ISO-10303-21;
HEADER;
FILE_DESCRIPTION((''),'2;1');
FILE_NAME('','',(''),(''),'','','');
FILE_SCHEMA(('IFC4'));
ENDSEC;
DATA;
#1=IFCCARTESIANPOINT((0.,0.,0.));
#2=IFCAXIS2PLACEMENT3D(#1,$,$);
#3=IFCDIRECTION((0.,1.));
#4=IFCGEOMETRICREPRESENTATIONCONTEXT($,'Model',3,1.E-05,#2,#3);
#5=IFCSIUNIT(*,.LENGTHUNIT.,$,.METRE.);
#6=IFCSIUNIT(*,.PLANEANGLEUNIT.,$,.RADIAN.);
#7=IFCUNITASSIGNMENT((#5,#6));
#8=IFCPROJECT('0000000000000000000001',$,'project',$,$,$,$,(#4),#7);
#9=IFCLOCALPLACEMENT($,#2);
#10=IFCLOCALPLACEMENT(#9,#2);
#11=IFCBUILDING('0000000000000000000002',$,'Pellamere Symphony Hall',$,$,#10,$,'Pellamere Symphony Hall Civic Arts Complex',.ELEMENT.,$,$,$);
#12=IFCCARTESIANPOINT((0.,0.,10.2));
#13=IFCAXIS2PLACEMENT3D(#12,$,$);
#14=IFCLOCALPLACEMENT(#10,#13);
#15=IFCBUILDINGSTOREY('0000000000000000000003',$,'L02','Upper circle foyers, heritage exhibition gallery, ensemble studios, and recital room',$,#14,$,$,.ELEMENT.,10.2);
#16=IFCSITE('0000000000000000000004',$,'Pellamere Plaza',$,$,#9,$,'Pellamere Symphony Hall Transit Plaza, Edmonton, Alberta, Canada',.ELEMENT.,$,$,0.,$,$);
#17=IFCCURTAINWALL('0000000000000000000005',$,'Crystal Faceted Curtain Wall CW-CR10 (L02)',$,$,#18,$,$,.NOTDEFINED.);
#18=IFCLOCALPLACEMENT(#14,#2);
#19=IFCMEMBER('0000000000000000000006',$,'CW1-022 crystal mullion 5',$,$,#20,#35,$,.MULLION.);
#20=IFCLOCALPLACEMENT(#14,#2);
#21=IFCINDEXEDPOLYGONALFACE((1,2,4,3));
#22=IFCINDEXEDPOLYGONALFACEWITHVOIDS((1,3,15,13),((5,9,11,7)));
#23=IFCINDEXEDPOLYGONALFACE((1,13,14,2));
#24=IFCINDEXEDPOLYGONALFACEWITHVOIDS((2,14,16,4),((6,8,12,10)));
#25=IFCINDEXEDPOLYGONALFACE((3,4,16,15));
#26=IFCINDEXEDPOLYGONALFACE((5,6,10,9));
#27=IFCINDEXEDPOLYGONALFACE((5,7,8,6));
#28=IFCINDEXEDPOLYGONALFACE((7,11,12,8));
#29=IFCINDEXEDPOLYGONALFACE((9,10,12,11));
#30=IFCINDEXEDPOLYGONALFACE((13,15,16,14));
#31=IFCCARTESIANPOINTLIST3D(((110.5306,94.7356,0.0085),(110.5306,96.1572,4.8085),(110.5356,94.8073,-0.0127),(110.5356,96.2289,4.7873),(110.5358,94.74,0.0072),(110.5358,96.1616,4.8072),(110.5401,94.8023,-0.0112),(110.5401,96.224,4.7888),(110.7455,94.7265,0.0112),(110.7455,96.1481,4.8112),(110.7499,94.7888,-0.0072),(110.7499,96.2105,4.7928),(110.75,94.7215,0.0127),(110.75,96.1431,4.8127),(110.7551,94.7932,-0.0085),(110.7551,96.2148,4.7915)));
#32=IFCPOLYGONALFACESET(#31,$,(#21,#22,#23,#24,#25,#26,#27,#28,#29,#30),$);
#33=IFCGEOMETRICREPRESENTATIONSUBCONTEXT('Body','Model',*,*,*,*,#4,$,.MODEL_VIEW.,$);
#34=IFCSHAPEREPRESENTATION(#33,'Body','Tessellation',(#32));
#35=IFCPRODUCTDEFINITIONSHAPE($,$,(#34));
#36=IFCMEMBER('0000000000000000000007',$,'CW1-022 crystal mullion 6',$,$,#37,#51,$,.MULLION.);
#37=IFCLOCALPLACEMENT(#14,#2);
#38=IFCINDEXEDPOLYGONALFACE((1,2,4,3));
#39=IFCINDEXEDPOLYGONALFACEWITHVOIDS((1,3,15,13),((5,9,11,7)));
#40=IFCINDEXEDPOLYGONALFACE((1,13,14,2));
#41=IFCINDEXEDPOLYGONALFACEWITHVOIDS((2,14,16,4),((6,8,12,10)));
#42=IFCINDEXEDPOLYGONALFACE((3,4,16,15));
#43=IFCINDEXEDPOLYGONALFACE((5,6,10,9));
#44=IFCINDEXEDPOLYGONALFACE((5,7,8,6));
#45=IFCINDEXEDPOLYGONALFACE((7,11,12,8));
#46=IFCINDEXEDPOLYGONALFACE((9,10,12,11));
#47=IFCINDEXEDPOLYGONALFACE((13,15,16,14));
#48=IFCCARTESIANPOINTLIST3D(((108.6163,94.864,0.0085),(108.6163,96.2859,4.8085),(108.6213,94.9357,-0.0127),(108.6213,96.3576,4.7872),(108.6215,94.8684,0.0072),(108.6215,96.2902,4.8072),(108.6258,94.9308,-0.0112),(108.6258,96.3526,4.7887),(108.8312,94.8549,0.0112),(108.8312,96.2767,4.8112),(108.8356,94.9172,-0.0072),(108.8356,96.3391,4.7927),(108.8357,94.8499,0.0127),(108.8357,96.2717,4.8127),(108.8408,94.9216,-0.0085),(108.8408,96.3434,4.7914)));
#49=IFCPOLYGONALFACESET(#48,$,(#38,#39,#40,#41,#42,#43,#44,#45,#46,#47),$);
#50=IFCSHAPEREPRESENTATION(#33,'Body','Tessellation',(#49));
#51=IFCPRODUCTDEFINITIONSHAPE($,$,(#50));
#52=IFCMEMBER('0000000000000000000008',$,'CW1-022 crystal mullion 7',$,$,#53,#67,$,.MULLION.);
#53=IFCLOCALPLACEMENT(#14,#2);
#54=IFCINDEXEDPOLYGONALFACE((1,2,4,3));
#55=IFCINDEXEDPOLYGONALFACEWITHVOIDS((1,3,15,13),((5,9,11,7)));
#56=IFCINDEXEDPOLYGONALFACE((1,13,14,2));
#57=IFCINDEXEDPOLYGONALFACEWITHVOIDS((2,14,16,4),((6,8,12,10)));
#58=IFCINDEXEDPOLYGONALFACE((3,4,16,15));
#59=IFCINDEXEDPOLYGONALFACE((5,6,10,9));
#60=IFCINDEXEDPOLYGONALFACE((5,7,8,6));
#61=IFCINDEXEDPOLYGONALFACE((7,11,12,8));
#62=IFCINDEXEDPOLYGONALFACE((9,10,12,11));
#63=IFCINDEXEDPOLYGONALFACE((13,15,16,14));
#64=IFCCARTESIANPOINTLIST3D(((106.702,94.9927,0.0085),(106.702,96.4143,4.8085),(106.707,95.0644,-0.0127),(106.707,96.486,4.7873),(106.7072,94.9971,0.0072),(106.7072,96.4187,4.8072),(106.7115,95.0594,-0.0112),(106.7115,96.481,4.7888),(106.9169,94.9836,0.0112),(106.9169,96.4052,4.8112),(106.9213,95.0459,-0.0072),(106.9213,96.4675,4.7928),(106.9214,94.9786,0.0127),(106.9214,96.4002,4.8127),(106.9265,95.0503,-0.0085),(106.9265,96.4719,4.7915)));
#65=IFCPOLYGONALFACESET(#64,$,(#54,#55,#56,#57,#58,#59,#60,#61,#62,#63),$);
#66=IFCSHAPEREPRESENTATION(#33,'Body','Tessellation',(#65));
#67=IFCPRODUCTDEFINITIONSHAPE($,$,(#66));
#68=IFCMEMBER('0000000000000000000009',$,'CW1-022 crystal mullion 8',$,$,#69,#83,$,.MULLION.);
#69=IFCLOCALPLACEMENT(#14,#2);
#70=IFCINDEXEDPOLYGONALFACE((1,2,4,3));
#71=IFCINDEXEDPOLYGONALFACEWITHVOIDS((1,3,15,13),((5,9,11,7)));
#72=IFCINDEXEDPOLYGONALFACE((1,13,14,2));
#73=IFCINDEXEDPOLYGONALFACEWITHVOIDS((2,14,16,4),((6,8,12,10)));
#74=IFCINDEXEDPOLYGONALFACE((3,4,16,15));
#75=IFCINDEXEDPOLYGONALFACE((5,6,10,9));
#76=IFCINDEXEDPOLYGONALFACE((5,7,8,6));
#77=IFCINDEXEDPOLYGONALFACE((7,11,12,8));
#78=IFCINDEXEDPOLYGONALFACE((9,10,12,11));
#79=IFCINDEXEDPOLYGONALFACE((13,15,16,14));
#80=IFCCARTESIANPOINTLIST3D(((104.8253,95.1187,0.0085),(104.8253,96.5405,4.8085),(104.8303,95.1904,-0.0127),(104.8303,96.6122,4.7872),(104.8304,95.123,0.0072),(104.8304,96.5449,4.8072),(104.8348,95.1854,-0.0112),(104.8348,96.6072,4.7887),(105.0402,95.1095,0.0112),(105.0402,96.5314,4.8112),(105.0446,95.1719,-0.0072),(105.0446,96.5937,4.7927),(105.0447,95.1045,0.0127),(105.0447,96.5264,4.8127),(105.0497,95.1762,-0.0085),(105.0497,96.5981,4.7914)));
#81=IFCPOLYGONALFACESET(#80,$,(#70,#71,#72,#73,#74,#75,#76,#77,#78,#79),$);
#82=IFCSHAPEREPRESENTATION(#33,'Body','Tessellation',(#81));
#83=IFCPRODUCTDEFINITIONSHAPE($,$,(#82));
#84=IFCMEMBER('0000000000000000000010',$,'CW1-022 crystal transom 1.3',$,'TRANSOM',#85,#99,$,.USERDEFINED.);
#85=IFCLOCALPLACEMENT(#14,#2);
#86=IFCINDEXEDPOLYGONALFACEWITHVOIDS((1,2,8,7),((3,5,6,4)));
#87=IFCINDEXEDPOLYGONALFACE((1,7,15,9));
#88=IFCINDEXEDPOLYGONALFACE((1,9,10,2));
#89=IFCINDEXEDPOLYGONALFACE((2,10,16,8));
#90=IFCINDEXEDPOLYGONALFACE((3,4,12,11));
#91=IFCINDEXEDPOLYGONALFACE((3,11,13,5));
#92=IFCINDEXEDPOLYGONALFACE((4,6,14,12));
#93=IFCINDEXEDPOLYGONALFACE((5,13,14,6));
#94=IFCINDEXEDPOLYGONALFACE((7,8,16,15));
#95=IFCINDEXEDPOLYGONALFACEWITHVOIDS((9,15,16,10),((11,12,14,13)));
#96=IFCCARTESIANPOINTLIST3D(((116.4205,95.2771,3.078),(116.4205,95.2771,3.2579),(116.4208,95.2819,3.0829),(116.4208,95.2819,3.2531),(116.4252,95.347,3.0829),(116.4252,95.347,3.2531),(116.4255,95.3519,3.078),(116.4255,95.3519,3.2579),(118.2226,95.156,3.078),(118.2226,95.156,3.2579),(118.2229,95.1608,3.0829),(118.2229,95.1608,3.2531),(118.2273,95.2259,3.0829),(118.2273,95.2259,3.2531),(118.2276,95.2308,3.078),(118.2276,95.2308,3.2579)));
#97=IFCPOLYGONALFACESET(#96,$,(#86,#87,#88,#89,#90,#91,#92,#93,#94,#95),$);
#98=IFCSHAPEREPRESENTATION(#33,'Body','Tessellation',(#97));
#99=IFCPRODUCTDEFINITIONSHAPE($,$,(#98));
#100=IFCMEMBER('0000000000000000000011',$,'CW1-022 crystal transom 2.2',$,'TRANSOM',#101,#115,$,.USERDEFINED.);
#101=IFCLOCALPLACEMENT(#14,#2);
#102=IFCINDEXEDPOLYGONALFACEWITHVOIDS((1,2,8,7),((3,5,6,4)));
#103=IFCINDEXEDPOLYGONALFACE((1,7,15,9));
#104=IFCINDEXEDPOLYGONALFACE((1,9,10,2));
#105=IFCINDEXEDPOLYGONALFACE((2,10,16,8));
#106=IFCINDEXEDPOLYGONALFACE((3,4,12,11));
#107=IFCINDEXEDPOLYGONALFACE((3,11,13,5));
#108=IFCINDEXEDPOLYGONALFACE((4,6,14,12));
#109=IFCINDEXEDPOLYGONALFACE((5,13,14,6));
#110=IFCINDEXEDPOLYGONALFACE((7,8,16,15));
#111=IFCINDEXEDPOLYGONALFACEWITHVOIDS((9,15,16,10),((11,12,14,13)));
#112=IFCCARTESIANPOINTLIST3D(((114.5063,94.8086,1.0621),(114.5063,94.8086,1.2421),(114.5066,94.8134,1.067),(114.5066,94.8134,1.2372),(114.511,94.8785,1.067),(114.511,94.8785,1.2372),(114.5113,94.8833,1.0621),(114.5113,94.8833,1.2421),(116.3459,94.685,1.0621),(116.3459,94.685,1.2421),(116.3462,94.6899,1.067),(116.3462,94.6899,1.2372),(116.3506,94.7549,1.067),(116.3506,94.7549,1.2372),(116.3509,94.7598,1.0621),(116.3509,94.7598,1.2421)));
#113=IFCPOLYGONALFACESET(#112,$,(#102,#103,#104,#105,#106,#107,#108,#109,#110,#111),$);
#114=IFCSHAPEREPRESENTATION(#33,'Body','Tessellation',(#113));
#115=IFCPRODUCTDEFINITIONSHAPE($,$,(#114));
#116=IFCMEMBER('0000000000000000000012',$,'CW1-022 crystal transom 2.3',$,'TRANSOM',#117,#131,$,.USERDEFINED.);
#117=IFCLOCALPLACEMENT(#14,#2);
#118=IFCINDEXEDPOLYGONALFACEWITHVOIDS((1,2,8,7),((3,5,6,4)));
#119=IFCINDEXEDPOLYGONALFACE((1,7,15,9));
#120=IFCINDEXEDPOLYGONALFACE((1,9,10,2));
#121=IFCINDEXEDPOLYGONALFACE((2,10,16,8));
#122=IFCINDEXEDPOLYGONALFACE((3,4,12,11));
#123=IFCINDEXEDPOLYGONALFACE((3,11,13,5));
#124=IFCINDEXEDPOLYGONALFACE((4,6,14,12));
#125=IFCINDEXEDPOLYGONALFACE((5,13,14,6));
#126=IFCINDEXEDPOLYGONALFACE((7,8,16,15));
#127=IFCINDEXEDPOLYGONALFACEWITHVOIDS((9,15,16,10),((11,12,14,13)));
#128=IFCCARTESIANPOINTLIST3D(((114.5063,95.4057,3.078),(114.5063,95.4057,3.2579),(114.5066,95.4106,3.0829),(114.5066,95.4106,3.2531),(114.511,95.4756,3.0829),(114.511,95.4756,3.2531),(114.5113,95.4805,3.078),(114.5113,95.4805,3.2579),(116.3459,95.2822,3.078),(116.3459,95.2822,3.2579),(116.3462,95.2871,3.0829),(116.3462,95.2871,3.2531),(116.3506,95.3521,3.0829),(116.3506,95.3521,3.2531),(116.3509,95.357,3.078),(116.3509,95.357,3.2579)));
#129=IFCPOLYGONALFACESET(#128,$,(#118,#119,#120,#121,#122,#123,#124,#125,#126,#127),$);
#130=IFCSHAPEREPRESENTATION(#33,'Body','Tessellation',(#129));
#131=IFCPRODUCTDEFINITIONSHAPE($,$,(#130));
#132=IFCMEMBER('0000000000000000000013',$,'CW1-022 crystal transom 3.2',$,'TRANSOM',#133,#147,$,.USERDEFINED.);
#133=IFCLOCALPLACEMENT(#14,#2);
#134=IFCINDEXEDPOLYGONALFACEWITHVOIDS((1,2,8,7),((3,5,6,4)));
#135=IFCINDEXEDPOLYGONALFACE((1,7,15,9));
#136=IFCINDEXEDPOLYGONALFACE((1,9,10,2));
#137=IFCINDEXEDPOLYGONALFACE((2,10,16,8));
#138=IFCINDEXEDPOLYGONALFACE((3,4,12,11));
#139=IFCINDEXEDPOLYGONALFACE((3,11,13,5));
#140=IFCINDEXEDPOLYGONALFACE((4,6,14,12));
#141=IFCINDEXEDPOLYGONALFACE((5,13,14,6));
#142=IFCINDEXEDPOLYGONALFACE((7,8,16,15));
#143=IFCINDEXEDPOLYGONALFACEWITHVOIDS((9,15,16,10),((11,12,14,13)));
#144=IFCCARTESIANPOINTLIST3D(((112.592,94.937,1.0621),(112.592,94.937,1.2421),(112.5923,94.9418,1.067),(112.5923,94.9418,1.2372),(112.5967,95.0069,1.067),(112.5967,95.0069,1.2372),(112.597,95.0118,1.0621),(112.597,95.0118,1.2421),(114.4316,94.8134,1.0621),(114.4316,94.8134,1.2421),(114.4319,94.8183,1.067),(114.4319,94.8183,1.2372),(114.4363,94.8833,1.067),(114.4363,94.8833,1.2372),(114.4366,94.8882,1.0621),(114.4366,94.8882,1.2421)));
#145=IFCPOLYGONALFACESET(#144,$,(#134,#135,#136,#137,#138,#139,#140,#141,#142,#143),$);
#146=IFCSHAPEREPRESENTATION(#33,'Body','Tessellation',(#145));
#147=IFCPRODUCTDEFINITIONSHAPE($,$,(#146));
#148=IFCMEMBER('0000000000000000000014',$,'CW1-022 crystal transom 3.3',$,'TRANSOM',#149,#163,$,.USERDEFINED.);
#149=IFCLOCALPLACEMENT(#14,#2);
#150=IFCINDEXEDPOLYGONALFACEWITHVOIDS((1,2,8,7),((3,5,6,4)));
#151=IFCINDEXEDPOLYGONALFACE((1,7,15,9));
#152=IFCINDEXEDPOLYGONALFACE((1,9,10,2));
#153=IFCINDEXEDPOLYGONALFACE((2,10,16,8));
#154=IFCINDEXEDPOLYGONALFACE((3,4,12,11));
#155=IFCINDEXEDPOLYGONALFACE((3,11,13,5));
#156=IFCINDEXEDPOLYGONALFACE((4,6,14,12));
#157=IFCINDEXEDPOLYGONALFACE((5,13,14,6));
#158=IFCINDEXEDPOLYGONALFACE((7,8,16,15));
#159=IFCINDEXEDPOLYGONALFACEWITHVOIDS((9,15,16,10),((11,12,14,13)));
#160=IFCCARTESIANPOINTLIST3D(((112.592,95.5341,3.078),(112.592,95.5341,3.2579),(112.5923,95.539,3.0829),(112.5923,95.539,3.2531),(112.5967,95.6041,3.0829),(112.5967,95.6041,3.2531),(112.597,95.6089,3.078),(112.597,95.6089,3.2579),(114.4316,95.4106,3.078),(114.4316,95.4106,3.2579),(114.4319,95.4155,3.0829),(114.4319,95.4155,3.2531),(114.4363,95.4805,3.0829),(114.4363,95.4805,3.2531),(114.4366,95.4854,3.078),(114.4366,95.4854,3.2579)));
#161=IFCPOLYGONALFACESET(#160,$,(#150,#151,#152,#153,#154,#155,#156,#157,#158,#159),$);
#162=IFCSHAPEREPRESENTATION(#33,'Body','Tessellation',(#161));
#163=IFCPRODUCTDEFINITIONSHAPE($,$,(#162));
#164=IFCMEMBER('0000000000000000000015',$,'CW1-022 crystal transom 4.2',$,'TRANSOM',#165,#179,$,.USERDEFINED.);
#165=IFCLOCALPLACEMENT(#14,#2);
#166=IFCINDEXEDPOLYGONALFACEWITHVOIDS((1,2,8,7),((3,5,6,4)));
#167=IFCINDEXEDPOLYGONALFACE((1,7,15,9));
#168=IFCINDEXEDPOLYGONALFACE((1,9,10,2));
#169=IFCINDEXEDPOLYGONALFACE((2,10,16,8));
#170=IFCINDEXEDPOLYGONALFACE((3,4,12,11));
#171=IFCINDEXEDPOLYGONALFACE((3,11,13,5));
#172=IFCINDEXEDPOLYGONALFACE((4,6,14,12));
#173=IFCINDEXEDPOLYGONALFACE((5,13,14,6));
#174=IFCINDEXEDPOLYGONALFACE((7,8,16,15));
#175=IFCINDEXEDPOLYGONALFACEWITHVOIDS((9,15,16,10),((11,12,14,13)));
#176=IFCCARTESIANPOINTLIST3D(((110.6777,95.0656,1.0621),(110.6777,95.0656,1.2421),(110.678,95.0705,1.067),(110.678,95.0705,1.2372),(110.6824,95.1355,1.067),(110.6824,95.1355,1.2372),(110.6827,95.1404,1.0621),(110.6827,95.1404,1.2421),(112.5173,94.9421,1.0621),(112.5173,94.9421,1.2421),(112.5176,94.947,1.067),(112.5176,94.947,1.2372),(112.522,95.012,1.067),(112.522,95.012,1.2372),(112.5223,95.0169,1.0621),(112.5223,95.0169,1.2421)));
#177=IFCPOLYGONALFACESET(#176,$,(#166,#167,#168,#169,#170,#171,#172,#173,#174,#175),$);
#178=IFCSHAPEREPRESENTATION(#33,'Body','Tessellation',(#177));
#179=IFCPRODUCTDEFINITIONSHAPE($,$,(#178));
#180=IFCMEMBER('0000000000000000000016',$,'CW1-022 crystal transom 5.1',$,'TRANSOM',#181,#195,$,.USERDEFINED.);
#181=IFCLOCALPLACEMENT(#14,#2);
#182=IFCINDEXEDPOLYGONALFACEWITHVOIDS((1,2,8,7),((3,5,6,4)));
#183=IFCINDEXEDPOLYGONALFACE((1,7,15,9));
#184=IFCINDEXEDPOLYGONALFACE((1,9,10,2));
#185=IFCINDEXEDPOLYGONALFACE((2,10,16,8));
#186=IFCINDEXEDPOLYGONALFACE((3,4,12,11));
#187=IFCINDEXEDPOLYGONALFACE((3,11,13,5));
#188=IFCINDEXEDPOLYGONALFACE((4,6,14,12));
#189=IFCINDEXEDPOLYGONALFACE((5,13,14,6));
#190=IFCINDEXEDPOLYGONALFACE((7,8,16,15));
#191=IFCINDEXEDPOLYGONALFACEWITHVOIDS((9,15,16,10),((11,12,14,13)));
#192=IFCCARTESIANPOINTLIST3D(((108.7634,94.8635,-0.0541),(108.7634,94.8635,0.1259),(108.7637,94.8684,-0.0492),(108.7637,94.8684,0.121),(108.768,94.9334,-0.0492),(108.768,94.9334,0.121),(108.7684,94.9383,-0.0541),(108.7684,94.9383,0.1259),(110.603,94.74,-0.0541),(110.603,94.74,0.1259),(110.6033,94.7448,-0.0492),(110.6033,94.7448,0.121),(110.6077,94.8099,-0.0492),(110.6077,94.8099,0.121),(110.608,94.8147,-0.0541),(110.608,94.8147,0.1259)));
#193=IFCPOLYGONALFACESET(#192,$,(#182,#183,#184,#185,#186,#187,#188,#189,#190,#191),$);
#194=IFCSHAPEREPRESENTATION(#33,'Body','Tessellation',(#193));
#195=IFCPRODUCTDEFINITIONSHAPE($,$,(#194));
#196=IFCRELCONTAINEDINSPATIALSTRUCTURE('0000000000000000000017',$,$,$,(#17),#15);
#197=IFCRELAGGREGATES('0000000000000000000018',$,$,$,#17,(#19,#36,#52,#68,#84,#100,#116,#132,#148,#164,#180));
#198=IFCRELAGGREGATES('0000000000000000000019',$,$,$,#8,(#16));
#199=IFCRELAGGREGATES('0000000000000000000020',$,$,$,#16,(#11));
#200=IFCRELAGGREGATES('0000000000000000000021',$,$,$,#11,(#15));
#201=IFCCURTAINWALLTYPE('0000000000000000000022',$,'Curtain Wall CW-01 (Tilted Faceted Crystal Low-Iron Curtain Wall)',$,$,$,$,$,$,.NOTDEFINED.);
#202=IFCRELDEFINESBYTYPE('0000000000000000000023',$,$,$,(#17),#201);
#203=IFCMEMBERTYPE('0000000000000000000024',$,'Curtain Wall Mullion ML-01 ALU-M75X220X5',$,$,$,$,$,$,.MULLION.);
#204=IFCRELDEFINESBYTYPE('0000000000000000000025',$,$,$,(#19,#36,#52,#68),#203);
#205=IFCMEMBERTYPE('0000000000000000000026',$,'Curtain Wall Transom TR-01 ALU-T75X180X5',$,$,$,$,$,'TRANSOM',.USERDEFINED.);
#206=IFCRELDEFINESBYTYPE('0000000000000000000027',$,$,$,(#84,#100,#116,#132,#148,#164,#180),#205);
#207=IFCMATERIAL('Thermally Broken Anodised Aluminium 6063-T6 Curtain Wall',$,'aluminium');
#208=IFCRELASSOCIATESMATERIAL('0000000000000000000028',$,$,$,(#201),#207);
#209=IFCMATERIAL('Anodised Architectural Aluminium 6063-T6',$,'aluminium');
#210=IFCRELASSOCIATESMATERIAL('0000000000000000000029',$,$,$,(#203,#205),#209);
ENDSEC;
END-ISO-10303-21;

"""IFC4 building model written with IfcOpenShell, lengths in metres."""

from ifc_helpers import new_model, si_unit, direction, frame, origin, origin_2d, place, context, subcontext, project, spatial, hollow_rectangle, extrude, material, material_profile, profile_set, type_object, element, aggregate, save


model = new_model("IFC4")

# Units and contexts
model_context = context("Model", 3, precision=1e-05, world=origin(), true_north=direction((0.0, 1.0)))
body_context = subcontext(model_context, "Body", "Model", "MODEL_VIEW")
ifc_project = project(units=[si_unit("LENGTHUNIT", "METRE"), si_unit("PLANEANGLEUNIT", "RADIAN")], contexts=[model_context])

# Site, building, storey
site_placement = place(None, origin())
site = spatial("IfcSite", under=ifc_project, at=site_placement, Name="Pellamere Plaza", LongName="Pellamere Symphony Hall Transit Plaza, Edmonton, Alberta, Canada", CompositionType="ELEMENT", RefElevation=0.0)
building_placement = place(site_placement, origin())
building = spatial("IfcBuilding", under=site, at=building_placement, Name="Pellamere Symphony Hall", LongName="Pellamere Symphony Hall Civic Arts Complex", CompositionType="ELEMENT")
storey_placement = place(building_placement, frame((0.0, 0.0, 10.2)))
storey = spatial("IfcBuildingStorey", under=building, at=storey_placement, Name="L02", Description="Upper circle foyers, heritage exhibition gallery, ensemble studios, and recital room", CompositionType="ELEMENT", Elevation=10.2)

# Curtain wall, members
ifc_material_1 = material(Name="Thermally Broken Anodised Aluminium 6063-T6 Curtain Wall", Category="aluminium")
curtain_wall_type = type_object("IfcCurtainWallType", Name="Curtain Wall CW-01 (Tilted Faceted Crystal Low-Iron Curtain Wall)", PredefinedType="NOTDEFINED", material=ifc_material_1)
curtain_wall_1_placement = place(storey_placement, origin())
curtain_wall_1 = element("IfcCurtainWall", 1, at=curtain_wall_1_placement, inside=storey, type_object=curtain_wall_type, Name="Crystal Faceted Curtain Wall CW-CR10 (L02)", PredefinedType="NOTDEFINED")
ifc_material_2 = material(Name="Anodised Architectural Aluminium 6063-T6", Category="aluminium")
ifc_material_profile_1 = material_profile(ifc_material_2, hollow_rectangle(XDim=0.075, YDim=0.22, WallThickness=0.0049, at=origin_2d()), Name="ALU-M75X220X5")
ifc_profile_set_1 = profile_set([ifc_material_profile_1], Name="Anodised Architectural Aluminium 6063-T6")
member_type_1 = type_object("IfcMemberType", Name="Curtain Wall Mullion ML-01 ALU-M75X220X5", PredefinedType="MULLION", material=ifc_profile_set_1)
member_1_placement = place(storey_placement, frame((110.6428, 94.7644, 0.0), z_axis=(0.0, 0.283977, 0.958831), x_axis=(0.067013, 0.956676, -0.283339)))
member_1 = element("IfcMember", 2, at=member_1_placement, type_object=member_type_1, Name="CW1-022 crystal mullion 5", PredefinedType="MULLION", context=body_context, shape_type="SweptSolid", body=[
    extrude(hollow_rectangle(XDim=0.075, YDim=0.22, WallThickness=0.0049, at=origin_2d()), origin(), (0.0, 0.0, 1.0), 5.0061),
])
member_2_placement = place(storey_placement, frame((108.7285, 94.8928, 0.0), z_axis=(0.0, 0.284022, 0.958818), x_axis=(0.067013, 0.956662, -0.283383)))
member_2 = element("IfcMember", 3, at=member_2_placement, type_object=member_type_1, Name="CW1-022 crystal mullion 6", PredefinedType="MULLION", context=body_context, shape_type="SweptSolid", body=[
    extrude(hollow_rectangle(XDim=0.075, YDim=0.22, WallThickness=0.0049, at=origin_2d()), origin(), (0.0, 0.0, 1.0), 5.0061),
])
member_3_placement = place(storey_placement, frame((106.8142, 95.0215, 0.0), z_axis=(0.0, 0.283977, 0.958831), x_axis=(0.067013, 0.956676, -0.283339)))
member_3 = element("IfcMember", 4, at=member_3_placement, type_object=member_type_1, Name="CW1-022 crystal mullion 7", PredefinedType="MULLION", context=body_context, shape_type="SweptSolid", body=[
    extrude(hollow_rectangle(XDim=0.075, YDim=0.22, WallThickness=0.0049, at=origin_2d()), origin(), (0.0, 0.0, 1.0), 5.0061),
])
member_4_placement = place(storey_placement, frame((104.9375, 95.1475, 0.0), z_axis=(0.0, 0.284022, 0.958818), x_axis=(0.067013, 0.956662, -0.283383)))
member_4 = element("IfcMember", 5, at=member_4_placement, type_object=member_type_1, Name="CW1-022 crystal mullion 8", PredefinedType="MULLION", context=body_context, shape_type="SweptSolid", body=[
    extrude(hollow_rectangle(XDim=0.075, YDim=0.22, WallThickness=0.0049, at=origin_2d()), origin(), (0.0, 0.0, 1.0), 5.0061),
])
ifc_material_profile_2 = material_profile(ifc_material_2, hollow_rectangle(XDim=0.075, YDim=0.1799, WallThickness=0.0049, at=origin_2d()), Name="ALU-T75X180X5")
ifc_profile_set_2 = profile_set([ifc_material_profile_2], Name="Anodised Architectural Aluminium 6063-T6")
member_type_2 = type_object("IfcMemberType", Name="Curtain Wall Transom TR-01 ALU-T75X180X5", ElementType="TRANSOM", PredefinedType="USERDEFINED", material=ifc_profile_set_2)
member_5_placement = place(storey_placement, frame((118.2251, 95.1934, 3.168), z_axis=(-0.99775, 0.067048, 0.0), x_axis=(-0.067048, -0.99775, 0.0)))
member_5 = element("IfcMember", 6, at=member_5_placement, type_object=member_type_2, Name="CW1-022 crystal transom 1.3", ObjectType="TRANSOM", PredefinedType="USERDEFINED", context=body_context, shape_type="SweptSolid", body=[
    extrude(hollow_rectangle(XDim=0.075, YDim=0.1799, WallThickness=0.0049, at=origin_2d()), origin(), (0.0, 0.0, 1.0), 1.8062),
])
member_6_placement = place(storey_placement, frame((116.3484, 94.7224, 1.1521), z_axis=(-0.997753, 0.067002, 0.0), x_axis=(-0.067002, -0.997753, 0.0)))
member_6 = element("IfcMember", 7, at=member_6_placement, type_object=member_type_2, Name="CW1-022 crystal transom 2.2", ObjectType="TRANSOM", PredefinedType="USERDEFINED", context=body_context, shape_type="SweptSolid", body=[
    extrude(hollow_rectangle(XDim=0.075, YDim=0.1799, WallThickness=0.0049, at=origin_2d()), origin(), (0.0, 0.0, 1.0), 1.8438),
])
member_7_placement = place(storey_placement, frame((116.3484, 95.3196, 3.168), z_axis=(-0.997753, 0.067002, 0.0), x_axis=(-0.067002, -0.997753, 0.0)))
member_7 = element("IfcMember", 8, at=member_7_placement, type_object=member_type_2, Name="CW1-022 crystal transom 2.3", ObjectType="TRANSOM", PredefinedType="USERDEFINED", context=body_context, shape_type="SweptSolid", body=[
    extrude(hollow_rectangle(XDim=0.075, YDim=0.1799, WallThickness=0.0049, at=origin_2d()), origin(), (0.0, 0.0, 1.0), 1.8438),
])
member_8_placement = place(storey_placement, frame((114.4341, 94.8508, 1.1521), z_axis=(-0.997753, 0.067002, 0.0), x_axis=(-0.067002, -0.997753, 0.0)))
member_8 = element("IfcMember", 9, at=member_8_placement, type_object=member_type_2, Name="CW1-022 crystal transom 3.2", ObjectType="TRANSOM", PredefinedType="USERDEFINED", context=body_context, shape_type="SweptSolid", body=[
    extrude(hollow_rectangle(XDim=0.075, YDim=0.1799, WallThickness=0.0049, at=origin_2d()), origin(), (0.0, 0.0, 1.0), 1.8438),
])
member_9_placement = place(storey_placement, frame((114.4341, 95.448, 3.168), z_axis=(-0.997753, 0.067002, 0.0), x_axis=(-0.067002, -0.997753, 0.0)))
member_9 = element("IfcMember", 10, at=member_9_placement, type_object=member_type_2, Name="CW1-022 crystal transom 3.3", ObjectType="TRANSOM", PredefinedType="USERDEFINED", context=body_context, shape_type="SweptSolid", body=[
    extrude(hollow_rectangle(XDim=0.075, YDim=0.1799, WallThickness=0.0049, at=origin_2d()), origin(), (0.0, 0.0, 1.0), 1.8438),
])
member_10_placement = place(storey_placement, frame((112.5198, 94.9795, 1.1521), z_axis=(-0.997753, 0.067002, 0.0), x_axis=(-0.067002, -0.997753, 0.0)))
member_10 = element("IfcMember", 11, at=member_10_placement, type_object=member_type_2, Name="CW1-022 crystal transom 4.2", ObjectType="TRANSOM", PredefinedType="USERDEFINED", context=body_context, shape_type="SweptSolid", body=[
    extrude(hollow_rectangle(XDim=0.075, YDim=0.1799, WallThickness=0.0049, at=origin_2d()), origin(), (0.0, 0.0, 1.0), 1.8438),
])
member_11_placement = place(storey_placement, frame((110.6055, 94.7773, 0.0359), z_axis=(-0.997753, 0.067002, 0.0), x_axis=(-0.067002, -0.997753, 0.0)))
member_11 = element("IfcMember", 12, at=member_11_placement, type_object=member_type_2, Name="CW1-022 crystal transom 5.1", ObjectType="TRANSOM", PredefinedType="USERDEFINED", context=body_context, shape_type="SweptSolid", body=[
    extrude(hollow_rectangle(XDim=0.075, YDim=0.1799, WallThickness=0.0049, at=origin_2d()), origin(), (0.0, 0.0, 1.0), 1.8438),
])

aggregate(curtain_wall_1, [member_1, member_2, member_3, member_4, member_5, member_6, member_7, member_8, member_9, member_10, member_11])

save(model, "model.ifc")
